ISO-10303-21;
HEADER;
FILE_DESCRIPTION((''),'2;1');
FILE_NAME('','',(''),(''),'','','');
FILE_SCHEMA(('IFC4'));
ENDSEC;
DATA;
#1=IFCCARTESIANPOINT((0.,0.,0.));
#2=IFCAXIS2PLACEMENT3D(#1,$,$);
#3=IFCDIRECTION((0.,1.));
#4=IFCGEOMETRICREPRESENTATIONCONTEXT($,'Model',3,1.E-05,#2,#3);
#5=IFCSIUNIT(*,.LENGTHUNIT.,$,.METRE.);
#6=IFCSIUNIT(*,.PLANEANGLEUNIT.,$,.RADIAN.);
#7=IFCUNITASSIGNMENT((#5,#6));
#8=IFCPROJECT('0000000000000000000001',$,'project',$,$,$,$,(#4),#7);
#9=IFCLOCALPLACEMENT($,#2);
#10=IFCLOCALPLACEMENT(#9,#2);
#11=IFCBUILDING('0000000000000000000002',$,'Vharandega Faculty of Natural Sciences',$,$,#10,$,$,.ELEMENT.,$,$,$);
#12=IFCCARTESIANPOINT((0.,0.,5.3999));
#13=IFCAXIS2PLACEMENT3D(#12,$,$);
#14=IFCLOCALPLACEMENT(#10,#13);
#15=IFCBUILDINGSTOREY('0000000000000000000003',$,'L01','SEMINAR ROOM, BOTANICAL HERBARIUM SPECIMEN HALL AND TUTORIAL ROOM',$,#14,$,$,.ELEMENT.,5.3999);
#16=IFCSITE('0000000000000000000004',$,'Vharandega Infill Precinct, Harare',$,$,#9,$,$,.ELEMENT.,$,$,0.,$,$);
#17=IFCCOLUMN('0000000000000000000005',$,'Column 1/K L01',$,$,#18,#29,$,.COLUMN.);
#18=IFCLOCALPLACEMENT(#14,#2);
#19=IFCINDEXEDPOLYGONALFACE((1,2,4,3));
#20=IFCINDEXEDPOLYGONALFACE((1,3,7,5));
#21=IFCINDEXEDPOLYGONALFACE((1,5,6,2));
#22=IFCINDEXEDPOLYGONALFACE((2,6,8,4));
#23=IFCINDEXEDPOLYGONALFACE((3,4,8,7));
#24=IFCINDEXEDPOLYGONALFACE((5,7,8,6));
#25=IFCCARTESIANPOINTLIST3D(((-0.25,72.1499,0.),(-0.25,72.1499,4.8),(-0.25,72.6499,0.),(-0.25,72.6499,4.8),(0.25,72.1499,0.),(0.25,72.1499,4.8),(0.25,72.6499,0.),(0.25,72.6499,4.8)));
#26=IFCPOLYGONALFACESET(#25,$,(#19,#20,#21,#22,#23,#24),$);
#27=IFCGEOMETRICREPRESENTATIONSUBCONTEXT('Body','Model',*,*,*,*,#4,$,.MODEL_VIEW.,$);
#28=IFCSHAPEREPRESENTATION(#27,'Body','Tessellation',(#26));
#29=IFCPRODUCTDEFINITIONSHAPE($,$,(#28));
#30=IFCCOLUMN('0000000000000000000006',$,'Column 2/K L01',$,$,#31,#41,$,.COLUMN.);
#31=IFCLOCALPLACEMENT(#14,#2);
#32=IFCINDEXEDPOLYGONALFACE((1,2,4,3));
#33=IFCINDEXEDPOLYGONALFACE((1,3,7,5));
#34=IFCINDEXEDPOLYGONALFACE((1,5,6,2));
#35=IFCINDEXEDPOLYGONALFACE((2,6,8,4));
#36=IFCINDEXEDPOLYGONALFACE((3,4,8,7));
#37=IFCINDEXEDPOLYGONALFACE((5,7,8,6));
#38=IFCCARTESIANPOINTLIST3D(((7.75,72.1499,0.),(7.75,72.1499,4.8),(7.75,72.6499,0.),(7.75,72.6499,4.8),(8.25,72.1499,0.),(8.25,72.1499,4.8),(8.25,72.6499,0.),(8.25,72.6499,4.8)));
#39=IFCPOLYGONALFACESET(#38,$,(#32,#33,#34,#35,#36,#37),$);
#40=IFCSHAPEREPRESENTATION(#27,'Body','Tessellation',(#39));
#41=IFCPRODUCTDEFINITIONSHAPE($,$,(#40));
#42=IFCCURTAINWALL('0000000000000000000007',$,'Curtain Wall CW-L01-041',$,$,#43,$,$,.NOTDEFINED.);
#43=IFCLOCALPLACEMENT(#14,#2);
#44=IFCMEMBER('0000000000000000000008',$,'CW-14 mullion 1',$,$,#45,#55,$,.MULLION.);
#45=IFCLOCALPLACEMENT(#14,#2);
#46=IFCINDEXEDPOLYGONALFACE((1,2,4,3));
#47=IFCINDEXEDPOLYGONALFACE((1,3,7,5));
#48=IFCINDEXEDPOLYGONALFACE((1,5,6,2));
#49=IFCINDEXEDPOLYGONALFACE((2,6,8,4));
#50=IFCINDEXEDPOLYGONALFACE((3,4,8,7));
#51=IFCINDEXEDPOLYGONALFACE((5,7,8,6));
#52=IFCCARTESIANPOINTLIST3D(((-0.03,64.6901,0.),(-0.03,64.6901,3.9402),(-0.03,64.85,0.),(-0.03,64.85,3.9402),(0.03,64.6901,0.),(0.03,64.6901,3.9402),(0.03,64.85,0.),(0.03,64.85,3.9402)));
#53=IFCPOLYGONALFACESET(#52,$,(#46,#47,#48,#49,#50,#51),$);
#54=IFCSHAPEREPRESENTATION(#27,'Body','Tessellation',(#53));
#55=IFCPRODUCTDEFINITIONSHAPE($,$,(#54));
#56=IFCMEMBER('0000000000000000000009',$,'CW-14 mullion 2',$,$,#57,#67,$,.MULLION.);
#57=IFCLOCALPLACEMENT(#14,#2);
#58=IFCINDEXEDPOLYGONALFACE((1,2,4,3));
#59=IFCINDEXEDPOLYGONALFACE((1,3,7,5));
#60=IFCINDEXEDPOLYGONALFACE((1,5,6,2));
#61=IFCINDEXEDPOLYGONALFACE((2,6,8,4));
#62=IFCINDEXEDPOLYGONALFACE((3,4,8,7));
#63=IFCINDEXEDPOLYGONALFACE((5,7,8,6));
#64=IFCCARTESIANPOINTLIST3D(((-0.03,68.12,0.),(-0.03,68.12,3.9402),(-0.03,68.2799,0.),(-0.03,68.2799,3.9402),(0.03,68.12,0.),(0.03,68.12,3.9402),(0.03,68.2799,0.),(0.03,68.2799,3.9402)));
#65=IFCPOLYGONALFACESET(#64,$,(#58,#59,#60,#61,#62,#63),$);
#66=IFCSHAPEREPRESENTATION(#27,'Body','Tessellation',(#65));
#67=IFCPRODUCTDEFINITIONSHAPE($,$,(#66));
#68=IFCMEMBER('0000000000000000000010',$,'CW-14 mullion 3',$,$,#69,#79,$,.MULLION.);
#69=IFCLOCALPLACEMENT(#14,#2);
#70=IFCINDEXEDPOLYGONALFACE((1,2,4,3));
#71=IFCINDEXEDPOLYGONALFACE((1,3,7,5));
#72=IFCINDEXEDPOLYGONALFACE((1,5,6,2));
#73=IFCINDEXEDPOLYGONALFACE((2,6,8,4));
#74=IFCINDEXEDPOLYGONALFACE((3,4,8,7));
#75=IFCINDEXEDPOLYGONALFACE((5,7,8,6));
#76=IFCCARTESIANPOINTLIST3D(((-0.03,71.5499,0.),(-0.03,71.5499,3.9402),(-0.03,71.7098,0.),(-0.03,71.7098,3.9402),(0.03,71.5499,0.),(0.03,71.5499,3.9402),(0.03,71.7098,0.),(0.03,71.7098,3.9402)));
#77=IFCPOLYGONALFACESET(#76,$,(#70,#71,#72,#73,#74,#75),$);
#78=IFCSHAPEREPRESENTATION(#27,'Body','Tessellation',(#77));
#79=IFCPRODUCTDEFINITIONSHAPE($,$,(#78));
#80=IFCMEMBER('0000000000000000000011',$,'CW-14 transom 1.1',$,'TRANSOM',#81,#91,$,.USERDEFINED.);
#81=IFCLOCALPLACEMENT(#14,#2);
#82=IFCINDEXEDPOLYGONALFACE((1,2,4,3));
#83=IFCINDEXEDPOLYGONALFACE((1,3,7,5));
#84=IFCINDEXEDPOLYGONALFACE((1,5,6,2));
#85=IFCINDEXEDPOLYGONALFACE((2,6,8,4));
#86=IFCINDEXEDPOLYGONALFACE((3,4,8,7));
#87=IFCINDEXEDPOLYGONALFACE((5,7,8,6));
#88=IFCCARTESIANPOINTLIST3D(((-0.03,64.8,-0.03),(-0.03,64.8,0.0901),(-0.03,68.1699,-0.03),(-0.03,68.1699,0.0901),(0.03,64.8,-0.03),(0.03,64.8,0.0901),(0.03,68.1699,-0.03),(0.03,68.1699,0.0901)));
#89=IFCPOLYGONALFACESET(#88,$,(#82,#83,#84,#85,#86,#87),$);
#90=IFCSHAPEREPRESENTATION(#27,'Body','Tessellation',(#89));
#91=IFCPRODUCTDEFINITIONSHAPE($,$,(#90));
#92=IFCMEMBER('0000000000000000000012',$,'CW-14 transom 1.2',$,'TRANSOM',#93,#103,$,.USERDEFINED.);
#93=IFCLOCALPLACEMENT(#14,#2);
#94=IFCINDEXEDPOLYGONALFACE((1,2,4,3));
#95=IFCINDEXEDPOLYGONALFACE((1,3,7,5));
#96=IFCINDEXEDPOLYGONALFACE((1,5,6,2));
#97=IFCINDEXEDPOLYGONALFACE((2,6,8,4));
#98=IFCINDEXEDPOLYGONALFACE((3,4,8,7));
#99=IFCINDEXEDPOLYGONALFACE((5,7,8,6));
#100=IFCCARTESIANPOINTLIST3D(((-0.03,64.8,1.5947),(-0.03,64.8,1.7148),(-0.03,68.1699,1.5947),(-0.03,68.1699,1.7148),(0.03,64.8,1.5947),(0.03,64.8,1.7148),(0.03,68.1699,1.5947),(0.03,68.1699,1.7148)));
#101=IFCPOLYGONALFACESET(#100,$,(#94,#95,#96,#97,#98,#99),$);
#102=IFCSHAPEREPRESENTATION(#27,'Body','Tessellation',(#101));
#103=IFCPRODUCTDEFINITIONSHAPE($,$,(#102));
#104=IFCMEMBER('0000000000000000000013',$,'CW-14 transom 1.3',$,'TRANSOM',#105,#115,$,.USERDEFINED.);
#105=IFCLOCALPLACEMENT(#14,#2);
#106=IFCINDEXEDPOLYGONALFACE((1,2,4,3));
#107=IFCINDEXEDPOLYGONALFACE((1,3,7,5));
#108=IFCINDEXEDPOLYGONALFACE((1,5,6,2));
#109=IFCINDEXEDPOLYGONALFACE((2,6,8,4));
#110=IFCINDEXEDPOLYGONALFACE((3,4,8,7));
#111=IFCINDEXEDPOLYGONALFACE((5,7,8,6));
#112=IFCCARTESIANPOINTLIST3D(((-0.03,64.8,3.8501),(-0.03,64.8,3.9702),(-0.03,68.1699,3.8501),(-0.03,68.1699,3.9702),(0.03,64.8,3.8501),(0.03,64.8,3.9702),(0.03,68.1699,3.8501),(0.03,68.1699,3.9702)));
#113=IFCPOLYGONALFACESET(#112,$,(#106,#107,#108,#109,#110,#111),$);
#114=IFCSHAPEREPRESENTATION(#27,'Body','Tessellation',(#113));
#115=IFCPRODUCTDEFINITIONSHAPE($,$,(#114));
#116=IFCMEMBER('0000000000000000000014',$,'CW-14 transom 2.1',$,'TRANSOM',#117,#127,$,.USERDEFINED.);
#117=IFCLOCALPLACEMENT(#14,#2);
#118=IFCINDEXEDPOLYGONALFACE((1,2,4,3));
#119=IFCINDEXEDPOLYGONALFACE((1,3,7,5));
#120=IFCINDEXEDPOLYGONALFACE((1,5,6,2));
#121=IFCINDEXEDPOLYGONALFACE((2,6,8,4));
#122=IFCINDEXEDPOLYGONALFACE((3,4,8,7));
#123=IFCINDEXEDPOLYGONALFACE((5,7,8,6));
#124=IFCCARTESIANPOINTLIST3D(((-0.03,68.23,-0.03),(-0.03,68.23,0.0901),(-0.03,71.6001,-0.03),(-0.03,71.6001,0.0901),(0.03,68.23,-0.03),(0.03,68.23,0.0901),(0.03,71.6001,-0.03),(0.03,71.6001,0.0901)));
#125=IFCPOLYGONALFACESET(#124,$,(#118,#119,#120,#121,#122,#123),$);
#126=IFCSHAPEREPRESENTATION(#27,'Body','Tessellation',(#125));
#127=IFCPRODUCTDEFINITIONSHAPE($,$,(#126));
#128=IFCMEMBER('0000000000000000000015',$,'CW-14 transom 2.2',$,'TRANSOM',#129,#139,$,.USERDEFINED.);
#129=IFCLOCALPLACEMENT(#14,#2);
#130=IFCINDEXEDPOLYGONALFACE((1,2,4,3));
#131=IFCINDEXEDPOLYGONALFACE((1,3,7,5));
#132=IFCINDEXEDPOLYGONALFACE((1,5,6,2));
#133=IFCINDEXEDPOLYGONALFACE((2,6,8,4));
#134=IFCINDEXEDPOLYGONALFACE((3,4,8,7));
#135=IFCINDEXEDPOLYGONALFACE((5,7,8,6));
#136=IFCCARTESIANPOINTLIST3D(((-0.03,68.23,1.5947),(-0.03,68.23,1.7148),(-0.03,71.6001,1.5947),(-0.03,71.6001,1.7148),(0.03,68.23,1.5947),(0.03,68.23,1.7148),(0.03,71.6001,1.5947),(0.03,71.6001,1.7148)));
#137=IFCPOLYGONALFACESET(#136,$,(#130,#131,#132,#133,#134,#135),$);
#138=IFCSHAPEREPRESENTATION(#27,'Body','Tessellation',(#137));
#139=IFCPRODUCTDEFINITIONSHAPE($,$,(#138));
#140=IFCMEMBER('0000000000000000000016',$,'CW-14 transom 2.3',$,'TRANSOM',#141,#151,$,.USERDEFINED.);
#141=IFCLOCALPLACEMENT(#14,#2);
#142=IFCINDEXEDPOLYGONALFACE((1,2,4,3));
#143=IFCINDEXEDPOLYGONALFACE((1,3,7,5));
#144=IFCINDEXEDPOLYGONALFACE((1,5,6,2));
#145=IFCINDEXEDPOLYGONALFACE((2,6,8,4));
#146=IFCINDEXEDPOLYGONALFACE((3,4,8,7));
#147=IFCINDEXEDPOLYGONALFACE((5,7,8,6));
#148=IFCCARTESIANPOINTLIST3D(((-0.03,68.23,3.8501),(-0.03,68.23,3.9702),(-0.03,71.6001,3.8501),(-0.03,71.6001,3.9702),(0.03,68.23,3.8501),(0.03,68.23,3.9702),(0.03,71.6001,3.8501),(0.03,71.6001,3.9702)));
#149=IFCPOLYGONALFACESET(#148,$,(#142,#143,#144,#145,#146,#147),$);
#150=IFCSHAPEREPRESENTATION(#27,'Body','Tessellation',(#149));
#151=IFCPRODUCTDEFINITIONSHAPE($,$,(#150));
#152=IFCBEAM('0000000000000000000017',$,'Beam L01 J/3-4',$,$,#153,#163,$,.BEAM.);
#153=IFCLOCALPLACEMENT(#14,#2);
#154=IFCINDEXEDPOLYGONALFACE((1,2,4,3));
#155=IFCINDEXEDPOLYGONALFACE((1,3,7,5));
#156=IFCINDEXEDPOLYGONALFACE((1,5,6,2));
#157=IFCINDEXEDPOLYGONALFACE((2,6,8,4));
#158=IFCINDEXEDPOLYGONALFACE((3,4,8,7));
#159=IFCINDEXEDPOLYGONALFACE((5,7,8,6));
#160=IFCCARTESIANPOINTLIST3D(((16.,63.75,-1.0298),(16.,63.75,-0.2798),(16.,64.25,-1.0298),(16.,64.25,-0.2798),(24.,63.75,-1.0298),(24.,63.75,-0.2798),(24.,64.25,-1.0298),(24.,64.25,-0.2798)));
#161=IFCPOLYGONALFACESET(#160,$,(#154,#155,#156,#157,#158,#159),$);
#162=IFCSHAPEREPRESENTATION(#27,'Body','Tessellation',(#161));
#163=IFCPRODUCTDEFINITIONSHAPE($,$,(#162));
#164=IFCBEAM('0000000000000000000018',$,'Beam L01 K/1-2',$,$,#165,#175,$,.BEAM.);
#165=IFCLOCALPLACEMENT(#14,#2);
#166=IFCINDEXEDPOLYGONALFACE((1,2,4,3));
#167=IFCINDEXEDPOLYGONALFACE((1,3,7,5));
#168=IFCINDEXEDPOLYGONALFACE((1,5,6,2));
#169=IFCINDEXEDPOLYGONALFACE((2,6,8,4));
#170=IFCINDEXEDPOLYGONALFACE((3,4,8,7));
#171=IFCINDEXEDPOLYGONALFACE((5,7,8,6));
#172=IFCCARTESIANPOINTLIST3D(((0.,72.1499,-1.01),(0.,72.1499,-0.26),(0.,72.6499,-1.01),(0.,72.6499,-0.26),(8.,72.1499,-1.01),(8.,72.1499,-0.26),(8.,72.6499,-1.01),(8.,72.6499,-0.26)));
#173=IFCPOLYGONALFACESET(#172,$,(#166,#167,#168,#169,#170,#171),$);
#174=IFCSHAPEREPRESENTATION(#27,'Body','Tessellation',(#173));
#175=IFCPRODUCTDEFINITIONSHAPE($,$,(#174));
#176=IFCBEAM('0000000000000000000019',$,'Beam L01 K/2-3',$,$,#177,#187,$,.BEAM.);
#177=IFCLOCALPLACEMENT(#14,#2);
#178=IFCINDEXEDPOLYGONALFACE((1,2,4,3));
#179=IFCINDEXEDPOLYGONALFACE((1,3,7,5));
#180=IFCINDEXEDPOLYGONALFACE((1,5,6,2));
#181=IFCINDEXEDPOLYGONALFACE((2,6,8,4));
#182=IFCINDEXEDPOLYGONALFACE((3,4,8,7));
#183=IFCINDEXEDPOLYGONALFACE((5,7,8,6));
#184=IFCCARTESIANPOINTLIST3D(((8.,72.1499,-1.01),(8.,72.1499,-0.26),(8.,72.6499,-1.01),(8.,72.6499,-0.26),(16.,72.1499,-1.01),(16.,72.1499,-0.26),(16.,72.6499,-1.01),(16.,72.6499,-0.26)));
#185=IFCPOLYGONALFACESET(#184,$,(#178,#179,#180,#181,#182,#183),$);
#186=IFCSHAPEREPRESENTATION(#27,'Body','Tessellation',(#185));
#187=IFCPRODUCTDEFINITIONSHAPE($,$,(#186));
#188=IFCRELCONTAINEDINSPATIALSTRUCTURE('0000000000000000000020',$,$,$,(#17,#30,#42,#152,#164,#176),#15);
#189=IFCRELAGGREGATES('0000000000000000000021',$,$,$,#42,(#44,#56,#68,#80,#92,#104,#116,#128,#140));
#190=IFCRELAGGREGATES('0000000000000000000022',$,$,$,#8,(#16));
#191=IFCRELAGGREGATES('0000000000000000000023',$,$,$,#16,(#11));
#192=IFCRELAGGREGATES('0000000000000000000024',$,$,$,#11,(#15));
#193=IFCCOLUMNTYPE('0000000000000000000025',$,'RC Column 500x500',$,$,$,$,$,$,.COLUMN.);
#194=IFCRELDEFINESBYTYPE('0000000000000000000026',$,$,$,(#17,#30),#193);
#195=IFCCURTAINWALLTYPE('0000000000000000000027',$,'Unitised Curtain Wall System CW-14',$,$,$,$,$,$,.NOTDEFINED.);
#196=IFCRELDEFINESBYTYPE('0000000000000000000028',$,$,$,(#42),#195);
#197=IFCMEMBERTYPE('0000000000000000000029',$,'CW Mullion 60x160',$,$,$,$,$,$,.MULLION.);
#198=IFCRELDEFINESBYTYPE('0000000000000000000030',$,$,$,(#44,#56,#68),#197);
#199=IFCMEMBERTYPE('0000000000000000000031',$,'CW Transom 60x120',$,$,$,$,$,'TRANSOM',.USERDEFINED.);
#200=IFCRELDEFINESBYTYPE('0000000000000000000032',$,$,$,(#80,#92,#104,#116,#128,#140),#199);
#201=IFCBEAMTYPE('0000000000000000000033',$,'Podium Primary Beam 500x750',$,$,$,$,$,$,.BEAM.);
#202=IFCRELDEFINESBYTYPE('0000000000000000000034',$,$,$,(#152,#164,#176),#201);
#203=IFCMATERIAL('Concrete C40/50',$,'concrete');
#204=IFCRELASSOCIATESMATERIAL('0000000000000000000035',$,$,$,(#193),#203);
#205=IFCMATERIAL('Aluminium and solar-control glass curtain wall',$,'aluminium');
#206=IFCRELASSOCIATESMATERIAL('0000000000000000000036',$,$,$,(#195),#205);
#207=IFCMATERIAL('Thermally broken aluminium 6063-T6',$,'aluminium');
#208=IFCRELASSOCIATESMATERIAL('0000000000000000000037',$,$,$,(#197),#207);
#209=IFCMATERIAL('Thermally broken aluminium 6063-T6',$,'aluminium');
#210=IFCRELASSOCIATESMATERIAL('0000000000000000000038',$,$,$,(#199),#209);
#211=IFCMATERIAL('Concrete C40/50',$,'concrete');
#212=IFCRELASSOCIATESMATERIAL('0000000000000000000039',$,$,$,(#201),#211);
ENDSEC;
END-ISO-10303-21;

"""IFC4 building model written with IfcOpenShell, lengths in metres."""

from ifc_helpers import new_model, si_unit, direction, frame, origin, origin_2d, place, context, subcontext, project, spatial, rectangle, extrude, material, material_profile, profile_set, type_object, element, aggregate, save


model = new_model("IFC4")

# Units and contexts
model_context = context("Model", 3, precision=1e-05, world=origin(), true_north=direction((0.0, 1.0)))
body_context = subcontext(model_context, "Body", "Model", "MODEL_VIEW")
ifc_project = project(units=[si_unit("LENGTHUNIT", "METRE"), si_unit("PLANEANGLEUNIT", "RADIAN")], contexts=[model_context])

# Site, building, storey
site_placement = place(None, origin())
site = spatial("IfcSite", under=ifc_project, at=site_placement, Name="Vharandega Infill Precinct, Harare", CompositionType="ELEMENT", RefElevation=0.0)
building_placement = place(site_placement, origin())
building = spatial("IfcBuilding", under=site, at=building_placement, Name="Vharandega Faculty of Natural Sciences", CompositionType="ELEMENT")
storey_placement = place(building_placement, frame((0.0, 0.0, 5.3999)))
storey = spatial("IfcBuildingStorey", under=building, at=storey_placement, Name="L01", Description="SEMINAR ROOM, BOTANICAL HERBARIUM SPECIMEN HALL AND TUTORIAL ROOM", CompositionType="ELEMENT", Elevation=5.3999)

# Columns
ifc_material_1 = material(Name="Concrete C40/50", Category="concrete")
ifc_material_profile_1 = material_profile(ifc_material_1, rectangle(XDim=0.5, YDim=0.5, at=origin_2d()), Name="RC 500x500")
ifc_profile_set_1 = profile_set([ifc_material_profile_1], Name="Concrete C40/50")
column_type = type_object("IfcColumnType", Name="RC Column 500x500", PredefinedType="COLUMN", material=ifc_profile_set_1)
for number, where, z_axis, x_axis, name in (
    (1, (0.0, 72.3999, 0.0), (0.0, 0.0, 1.0), (1.0, 0.0, 0.0), "Column 1/K L01"),
    (2, (8.0, 72.3999, 0.0), (0.0, 0.0, 1.0), (1.0, 0.0, 0.0), "Column 2/K L01"),
):
    element("IfcColumn", number, at=place(storey_placement, frame(where, z_axis=z_axis, x_axis=x_axis)), inside=storey, type_object=column_type, Name=name, PredefinedType="COLUMN", context=body_context, shape_type="SweptSolid", body=[
        extrude(rectangle(XDim=0.5, YDim=0.5, at=origin_2d()), origin(), (0.0, 0.0, 1.0), 4.8),
    ])

# Curtain wall, members
ifc_material_2 = material(Name="Aluminium and solar-control glass curtain wall", Category="aluminium")
curtain_wall_type = type_object("IfcCurtainWallType", Name="Unitised Curtain Wall System CW-14", PredefinedType="NOTDEFINED", material=ifc_material_2)
curtain_wall_placement = place(storey_placement, origin())
curtain_wall = element("IfcCurtainWall", 3, at=curtain_wall_placement, inside=storey, type_object=curtain_wall_type, Name="Curtain Wall CW-L01-041", PredefinedType="NOTDEFINED")
ifc_material_3 = material(Name="Thermally broken aluminium 6063-T6", Category="aluminium")
ifc_material_profile_2 = material_profile(ifc_material_3, rectangle(XDim=0.0601, YDim=0.1599, at=origin_2d()), Name="ALU 60x160")
ifc_profile_set_2 = profile_set([ifc_material_profile_2], Name="Thermally broken aluminium 6063-T6")
member_type_1 = type_object("IfcMemberType", Name="CW Mullion 60x160", PredefinedType="MULLION", material=ifc_profile_set_2)
member_1_placement = place(storey_placement, frame((0.0, 64.77, 0.0), z_axis=(0.0, 0.0, 1.0), x_axis=(-1.0, 0.0, 0.0)))
member_1 = element("IfcMember", 4, at=member_1_placement, type_object=member_type_1, Name="CW-14 mullion 1", PredefinedType="MULLION", context=body_context, shape_type="SweptSolid", body=[
    extrude(rectangle(XDim=0.0601, YDim=0.1599, at=origin_2d()), origin(), (0.0, 0.0, 1.0), 3.9402),
])
member_2_placement = place(storey_placement, frame((0.0, 68.2, 0.0), z_axis=(0.0, 0.0, 1.0), x_axis=(-1.0, 0.0, 0.0)))
member_2 = element("IfcMember", 5, at=member_2_placement, type_object=member_type_1, Name="CW-14 mullion 2", PredefinedType="MULLION", context=body_context, shape_type="SweptSolid", body=[
    extrude(rectangle(XDim=0.0601, YDim=0.1599, at=origin_2d()), origin(), (0.0, 0.0, 1.0), 3.9402),
])
member_3_placement = place(storey_placement, frame((0.0, 71.6299, 0.0), z_axis=(0.0, 0.0, 1.0), x_axis=(-1.0, 0.0, 0.0)))
member_3 = element("IfcMember", 6, at=member_3_placement, type_object=member_type_1, Name="CW-14 mullion 3", PredefinedType="MULLION", context=body_context, shape_type="SweptSolid", body=[
    extrude(rectangle(XDim=0.0601, YDim=0.1599, at=origin_2d()), origin(), (0.0, 0.0, 1.0), 3.9402),
])
ifc_material_4 = material(Name="Thermally broken aluminium 6063-T6", Category="aluminium")
ifc_material_profile_3 = material_profile(ifc_material_4, rectangle(XDim=0.0601, YDim=0.1201, at=origin_2d()), Name="ALU 60x120")
ifc_profile_set_3 = profile_set([ifc_material_profile_3], Name="Thermally broken aluminium 6063-T6")
member_type_2 = type_object("IfcMemberType", Name="CW Transom 60x120", ElementType="TRANSOM", PredefinedType="USERDEFINED", material=ifc_profile_set_3)
member_4_placement = place(storey_placement, frame((0.0, 64.8, 0.03), z_axis=(0.0, 1.0, 0.0), x_axis=(-1.0, 0.0, 0.0)))
member_4 = element("IfcMember", 7, at=member_4_placement, type_object=member_type_2, Name="CW-14 transom 1.1", ObjectType="TRANSOM", PredefinedType="USERDEFINED", context=body_context, shape_type="SweptSolid", body=[
    extrude(rectangle(XDim=0.0601, YDim=0.1201, at=origin_2d()), origin(), (0.0, 0.0, 1.0), 3.3699),
])
member_5_placement = place(storey_placement, frame((0.0, 64.8, 1.6548), z_axis=(0.0, 1.0, 0.0), x_axis=(-1.0, 0.0, 0.0)))
member_5 = element("IfcMember", 8, at=member_5_placement, type_object=member_type_2, Name="CW-14 transom 1.2", ObjectType="TRANSOM", PredefinedType="USERDEFINED", context=body_context, shape_type="SweptSolid", body=[
    extrude(rectangle(XDim=0.0601, YDim=0.1201, at=origin_2d()), origin(), (0.0, 0.0, 1.0), 3.3699),
])
member_6_placement = place(storey_placement, frame((0.0, 64.8, 3.9102), z_axis=(0.0, 1.0, 0.0), x_axis=(-1.0, 0.0, 0.0)))
member_6 = element("IfcMember", 9, at=member_6_placement, type_object=member_type_2, Name="CW-14 transom 1.3", ObjectType="TRANSOM", PredefinedType="USERDEFINED", context=body_context, shape_type="SweptSolid", body=[
    extrude(rectangle(XDim=0.0601, YDim=0.1201, at=origin_2d()), origin(), (0.0, 0.0, 1.0), 3.3699),
])
member_7_placement = place(storey_placement, frame((0.0, 68.23, 0.03), z_axis=(0.0, 1.0, 0.0), x_axis=(-1.0, 0.0, 0.0)))
member_7 = element("IfcMember", 10, at=member_7_placement, type_object=member_type_2, Name="CW-14 transom 2.1", ObjectType="TRANSOM", PredefinedType="USERDEFINED", context=body_context, shape_type="SweptSolid", body=[
    extrude(rectangle(XDim=0.0601, YDim=0.1201, at=origin_2d()), origin(), (0.0, 0.0, 1.0), 3.3701),
])
member_8_placement = place(storey_placement, frame((0.0, 68.23, 1.6548), z_axis=(0.0, 1.0, 0.0), x_axis=(-1.0, 0.0, 0.0)))
member_8 = element("IfcMember", 11, at=member_8_placement, type_object=member_type_2, Name="CW-14 transom 2.2", ObjectType="TRANSOM", PredefinedType="USERDEFINED", context=body_context, shape_type="SweptSolid", body=[
    extrude(rectangle(XDim=0.0601, YDim=0.1201, at=origin_2d()), origin(), (0.0, 0.0, 1.0), 3.3701),
])
member_9_placement = place(storey_placement, frame((0.0, 68.23, 3.9102), z_axis=(0.0, 1.0, 0.0), x_axis=(-1.0, 0.0, 0.0)))
member_9 = element("IfcMember", 12, at=member_9_placement, type_object=member_type_2, Name="CW-14 transom 2.3", ObjectType="TRANSOM", PredefinedType="USERDEFINED", context=body_context, shape_type="SweptSolid", body=[
    extrude(rectangle(XDim=0.0601, YDim=0.1201, at=origin_2d()), origin(), (0.0, 0.0, 1.0), 3.3701),
])

# Beams
ifc_material_5 = material(Name="Concrete C40/50", Category="concrete")
ifc_material_profile_4 = material_profile(ifc_material_5, rectangle(XDim=0.5, YDim=0.75, at=origin_2d()), Name="RC 500x750")
ifc_profile_set_4 = profile_set([ifc_material_profile_4], Name="Concrete C40/50")
beam_type_1 = type_object("IfcBeamType", Name="Podium Primary Beam 500x750", PredefinedType="BEAM", material=ifc_profile_set_4)
for number, where, z_axis, x_axis, name in (
    (13, (16.0, 64.0, -0.6548), (1.0, 0.0, 0.0), (0.0, 1.0, 0.0), "Beam L01 J/3-4"),
    (14, (0.0, 72.3999, -0.635), (1.0, 0.0, 0.0), (0.0, 1.0, 0.0), "Beam L01 K/1-2"),
    (15, (8.0, 72.3999, -0.635), (1.0, 0.0, 0.0), (0.0, 1.0, 0.0), "Beam L01 K/2-3"),
):
    element("IfcBeam", number, at=place(storey_placement, frame(where, z_axis=z_axis, x_axis=x_axis)), inside=storey, type_object=beam_type_1, Name=name, PredefinedType="BEAM", context=body_context, shape_type="SweptSolid", body=[
        extrude(rectangle(XDim=0.5, YDim=0.75, at=origin_2d()), origin(), (0.0, 0.0, 1.0), 8.0),
    ])

aggregate(curtain_wall, [member_1, member_2, member_3, member_4, member_5, member_6, member_7, member_8, member_9])

save(model, "model.ifc")
